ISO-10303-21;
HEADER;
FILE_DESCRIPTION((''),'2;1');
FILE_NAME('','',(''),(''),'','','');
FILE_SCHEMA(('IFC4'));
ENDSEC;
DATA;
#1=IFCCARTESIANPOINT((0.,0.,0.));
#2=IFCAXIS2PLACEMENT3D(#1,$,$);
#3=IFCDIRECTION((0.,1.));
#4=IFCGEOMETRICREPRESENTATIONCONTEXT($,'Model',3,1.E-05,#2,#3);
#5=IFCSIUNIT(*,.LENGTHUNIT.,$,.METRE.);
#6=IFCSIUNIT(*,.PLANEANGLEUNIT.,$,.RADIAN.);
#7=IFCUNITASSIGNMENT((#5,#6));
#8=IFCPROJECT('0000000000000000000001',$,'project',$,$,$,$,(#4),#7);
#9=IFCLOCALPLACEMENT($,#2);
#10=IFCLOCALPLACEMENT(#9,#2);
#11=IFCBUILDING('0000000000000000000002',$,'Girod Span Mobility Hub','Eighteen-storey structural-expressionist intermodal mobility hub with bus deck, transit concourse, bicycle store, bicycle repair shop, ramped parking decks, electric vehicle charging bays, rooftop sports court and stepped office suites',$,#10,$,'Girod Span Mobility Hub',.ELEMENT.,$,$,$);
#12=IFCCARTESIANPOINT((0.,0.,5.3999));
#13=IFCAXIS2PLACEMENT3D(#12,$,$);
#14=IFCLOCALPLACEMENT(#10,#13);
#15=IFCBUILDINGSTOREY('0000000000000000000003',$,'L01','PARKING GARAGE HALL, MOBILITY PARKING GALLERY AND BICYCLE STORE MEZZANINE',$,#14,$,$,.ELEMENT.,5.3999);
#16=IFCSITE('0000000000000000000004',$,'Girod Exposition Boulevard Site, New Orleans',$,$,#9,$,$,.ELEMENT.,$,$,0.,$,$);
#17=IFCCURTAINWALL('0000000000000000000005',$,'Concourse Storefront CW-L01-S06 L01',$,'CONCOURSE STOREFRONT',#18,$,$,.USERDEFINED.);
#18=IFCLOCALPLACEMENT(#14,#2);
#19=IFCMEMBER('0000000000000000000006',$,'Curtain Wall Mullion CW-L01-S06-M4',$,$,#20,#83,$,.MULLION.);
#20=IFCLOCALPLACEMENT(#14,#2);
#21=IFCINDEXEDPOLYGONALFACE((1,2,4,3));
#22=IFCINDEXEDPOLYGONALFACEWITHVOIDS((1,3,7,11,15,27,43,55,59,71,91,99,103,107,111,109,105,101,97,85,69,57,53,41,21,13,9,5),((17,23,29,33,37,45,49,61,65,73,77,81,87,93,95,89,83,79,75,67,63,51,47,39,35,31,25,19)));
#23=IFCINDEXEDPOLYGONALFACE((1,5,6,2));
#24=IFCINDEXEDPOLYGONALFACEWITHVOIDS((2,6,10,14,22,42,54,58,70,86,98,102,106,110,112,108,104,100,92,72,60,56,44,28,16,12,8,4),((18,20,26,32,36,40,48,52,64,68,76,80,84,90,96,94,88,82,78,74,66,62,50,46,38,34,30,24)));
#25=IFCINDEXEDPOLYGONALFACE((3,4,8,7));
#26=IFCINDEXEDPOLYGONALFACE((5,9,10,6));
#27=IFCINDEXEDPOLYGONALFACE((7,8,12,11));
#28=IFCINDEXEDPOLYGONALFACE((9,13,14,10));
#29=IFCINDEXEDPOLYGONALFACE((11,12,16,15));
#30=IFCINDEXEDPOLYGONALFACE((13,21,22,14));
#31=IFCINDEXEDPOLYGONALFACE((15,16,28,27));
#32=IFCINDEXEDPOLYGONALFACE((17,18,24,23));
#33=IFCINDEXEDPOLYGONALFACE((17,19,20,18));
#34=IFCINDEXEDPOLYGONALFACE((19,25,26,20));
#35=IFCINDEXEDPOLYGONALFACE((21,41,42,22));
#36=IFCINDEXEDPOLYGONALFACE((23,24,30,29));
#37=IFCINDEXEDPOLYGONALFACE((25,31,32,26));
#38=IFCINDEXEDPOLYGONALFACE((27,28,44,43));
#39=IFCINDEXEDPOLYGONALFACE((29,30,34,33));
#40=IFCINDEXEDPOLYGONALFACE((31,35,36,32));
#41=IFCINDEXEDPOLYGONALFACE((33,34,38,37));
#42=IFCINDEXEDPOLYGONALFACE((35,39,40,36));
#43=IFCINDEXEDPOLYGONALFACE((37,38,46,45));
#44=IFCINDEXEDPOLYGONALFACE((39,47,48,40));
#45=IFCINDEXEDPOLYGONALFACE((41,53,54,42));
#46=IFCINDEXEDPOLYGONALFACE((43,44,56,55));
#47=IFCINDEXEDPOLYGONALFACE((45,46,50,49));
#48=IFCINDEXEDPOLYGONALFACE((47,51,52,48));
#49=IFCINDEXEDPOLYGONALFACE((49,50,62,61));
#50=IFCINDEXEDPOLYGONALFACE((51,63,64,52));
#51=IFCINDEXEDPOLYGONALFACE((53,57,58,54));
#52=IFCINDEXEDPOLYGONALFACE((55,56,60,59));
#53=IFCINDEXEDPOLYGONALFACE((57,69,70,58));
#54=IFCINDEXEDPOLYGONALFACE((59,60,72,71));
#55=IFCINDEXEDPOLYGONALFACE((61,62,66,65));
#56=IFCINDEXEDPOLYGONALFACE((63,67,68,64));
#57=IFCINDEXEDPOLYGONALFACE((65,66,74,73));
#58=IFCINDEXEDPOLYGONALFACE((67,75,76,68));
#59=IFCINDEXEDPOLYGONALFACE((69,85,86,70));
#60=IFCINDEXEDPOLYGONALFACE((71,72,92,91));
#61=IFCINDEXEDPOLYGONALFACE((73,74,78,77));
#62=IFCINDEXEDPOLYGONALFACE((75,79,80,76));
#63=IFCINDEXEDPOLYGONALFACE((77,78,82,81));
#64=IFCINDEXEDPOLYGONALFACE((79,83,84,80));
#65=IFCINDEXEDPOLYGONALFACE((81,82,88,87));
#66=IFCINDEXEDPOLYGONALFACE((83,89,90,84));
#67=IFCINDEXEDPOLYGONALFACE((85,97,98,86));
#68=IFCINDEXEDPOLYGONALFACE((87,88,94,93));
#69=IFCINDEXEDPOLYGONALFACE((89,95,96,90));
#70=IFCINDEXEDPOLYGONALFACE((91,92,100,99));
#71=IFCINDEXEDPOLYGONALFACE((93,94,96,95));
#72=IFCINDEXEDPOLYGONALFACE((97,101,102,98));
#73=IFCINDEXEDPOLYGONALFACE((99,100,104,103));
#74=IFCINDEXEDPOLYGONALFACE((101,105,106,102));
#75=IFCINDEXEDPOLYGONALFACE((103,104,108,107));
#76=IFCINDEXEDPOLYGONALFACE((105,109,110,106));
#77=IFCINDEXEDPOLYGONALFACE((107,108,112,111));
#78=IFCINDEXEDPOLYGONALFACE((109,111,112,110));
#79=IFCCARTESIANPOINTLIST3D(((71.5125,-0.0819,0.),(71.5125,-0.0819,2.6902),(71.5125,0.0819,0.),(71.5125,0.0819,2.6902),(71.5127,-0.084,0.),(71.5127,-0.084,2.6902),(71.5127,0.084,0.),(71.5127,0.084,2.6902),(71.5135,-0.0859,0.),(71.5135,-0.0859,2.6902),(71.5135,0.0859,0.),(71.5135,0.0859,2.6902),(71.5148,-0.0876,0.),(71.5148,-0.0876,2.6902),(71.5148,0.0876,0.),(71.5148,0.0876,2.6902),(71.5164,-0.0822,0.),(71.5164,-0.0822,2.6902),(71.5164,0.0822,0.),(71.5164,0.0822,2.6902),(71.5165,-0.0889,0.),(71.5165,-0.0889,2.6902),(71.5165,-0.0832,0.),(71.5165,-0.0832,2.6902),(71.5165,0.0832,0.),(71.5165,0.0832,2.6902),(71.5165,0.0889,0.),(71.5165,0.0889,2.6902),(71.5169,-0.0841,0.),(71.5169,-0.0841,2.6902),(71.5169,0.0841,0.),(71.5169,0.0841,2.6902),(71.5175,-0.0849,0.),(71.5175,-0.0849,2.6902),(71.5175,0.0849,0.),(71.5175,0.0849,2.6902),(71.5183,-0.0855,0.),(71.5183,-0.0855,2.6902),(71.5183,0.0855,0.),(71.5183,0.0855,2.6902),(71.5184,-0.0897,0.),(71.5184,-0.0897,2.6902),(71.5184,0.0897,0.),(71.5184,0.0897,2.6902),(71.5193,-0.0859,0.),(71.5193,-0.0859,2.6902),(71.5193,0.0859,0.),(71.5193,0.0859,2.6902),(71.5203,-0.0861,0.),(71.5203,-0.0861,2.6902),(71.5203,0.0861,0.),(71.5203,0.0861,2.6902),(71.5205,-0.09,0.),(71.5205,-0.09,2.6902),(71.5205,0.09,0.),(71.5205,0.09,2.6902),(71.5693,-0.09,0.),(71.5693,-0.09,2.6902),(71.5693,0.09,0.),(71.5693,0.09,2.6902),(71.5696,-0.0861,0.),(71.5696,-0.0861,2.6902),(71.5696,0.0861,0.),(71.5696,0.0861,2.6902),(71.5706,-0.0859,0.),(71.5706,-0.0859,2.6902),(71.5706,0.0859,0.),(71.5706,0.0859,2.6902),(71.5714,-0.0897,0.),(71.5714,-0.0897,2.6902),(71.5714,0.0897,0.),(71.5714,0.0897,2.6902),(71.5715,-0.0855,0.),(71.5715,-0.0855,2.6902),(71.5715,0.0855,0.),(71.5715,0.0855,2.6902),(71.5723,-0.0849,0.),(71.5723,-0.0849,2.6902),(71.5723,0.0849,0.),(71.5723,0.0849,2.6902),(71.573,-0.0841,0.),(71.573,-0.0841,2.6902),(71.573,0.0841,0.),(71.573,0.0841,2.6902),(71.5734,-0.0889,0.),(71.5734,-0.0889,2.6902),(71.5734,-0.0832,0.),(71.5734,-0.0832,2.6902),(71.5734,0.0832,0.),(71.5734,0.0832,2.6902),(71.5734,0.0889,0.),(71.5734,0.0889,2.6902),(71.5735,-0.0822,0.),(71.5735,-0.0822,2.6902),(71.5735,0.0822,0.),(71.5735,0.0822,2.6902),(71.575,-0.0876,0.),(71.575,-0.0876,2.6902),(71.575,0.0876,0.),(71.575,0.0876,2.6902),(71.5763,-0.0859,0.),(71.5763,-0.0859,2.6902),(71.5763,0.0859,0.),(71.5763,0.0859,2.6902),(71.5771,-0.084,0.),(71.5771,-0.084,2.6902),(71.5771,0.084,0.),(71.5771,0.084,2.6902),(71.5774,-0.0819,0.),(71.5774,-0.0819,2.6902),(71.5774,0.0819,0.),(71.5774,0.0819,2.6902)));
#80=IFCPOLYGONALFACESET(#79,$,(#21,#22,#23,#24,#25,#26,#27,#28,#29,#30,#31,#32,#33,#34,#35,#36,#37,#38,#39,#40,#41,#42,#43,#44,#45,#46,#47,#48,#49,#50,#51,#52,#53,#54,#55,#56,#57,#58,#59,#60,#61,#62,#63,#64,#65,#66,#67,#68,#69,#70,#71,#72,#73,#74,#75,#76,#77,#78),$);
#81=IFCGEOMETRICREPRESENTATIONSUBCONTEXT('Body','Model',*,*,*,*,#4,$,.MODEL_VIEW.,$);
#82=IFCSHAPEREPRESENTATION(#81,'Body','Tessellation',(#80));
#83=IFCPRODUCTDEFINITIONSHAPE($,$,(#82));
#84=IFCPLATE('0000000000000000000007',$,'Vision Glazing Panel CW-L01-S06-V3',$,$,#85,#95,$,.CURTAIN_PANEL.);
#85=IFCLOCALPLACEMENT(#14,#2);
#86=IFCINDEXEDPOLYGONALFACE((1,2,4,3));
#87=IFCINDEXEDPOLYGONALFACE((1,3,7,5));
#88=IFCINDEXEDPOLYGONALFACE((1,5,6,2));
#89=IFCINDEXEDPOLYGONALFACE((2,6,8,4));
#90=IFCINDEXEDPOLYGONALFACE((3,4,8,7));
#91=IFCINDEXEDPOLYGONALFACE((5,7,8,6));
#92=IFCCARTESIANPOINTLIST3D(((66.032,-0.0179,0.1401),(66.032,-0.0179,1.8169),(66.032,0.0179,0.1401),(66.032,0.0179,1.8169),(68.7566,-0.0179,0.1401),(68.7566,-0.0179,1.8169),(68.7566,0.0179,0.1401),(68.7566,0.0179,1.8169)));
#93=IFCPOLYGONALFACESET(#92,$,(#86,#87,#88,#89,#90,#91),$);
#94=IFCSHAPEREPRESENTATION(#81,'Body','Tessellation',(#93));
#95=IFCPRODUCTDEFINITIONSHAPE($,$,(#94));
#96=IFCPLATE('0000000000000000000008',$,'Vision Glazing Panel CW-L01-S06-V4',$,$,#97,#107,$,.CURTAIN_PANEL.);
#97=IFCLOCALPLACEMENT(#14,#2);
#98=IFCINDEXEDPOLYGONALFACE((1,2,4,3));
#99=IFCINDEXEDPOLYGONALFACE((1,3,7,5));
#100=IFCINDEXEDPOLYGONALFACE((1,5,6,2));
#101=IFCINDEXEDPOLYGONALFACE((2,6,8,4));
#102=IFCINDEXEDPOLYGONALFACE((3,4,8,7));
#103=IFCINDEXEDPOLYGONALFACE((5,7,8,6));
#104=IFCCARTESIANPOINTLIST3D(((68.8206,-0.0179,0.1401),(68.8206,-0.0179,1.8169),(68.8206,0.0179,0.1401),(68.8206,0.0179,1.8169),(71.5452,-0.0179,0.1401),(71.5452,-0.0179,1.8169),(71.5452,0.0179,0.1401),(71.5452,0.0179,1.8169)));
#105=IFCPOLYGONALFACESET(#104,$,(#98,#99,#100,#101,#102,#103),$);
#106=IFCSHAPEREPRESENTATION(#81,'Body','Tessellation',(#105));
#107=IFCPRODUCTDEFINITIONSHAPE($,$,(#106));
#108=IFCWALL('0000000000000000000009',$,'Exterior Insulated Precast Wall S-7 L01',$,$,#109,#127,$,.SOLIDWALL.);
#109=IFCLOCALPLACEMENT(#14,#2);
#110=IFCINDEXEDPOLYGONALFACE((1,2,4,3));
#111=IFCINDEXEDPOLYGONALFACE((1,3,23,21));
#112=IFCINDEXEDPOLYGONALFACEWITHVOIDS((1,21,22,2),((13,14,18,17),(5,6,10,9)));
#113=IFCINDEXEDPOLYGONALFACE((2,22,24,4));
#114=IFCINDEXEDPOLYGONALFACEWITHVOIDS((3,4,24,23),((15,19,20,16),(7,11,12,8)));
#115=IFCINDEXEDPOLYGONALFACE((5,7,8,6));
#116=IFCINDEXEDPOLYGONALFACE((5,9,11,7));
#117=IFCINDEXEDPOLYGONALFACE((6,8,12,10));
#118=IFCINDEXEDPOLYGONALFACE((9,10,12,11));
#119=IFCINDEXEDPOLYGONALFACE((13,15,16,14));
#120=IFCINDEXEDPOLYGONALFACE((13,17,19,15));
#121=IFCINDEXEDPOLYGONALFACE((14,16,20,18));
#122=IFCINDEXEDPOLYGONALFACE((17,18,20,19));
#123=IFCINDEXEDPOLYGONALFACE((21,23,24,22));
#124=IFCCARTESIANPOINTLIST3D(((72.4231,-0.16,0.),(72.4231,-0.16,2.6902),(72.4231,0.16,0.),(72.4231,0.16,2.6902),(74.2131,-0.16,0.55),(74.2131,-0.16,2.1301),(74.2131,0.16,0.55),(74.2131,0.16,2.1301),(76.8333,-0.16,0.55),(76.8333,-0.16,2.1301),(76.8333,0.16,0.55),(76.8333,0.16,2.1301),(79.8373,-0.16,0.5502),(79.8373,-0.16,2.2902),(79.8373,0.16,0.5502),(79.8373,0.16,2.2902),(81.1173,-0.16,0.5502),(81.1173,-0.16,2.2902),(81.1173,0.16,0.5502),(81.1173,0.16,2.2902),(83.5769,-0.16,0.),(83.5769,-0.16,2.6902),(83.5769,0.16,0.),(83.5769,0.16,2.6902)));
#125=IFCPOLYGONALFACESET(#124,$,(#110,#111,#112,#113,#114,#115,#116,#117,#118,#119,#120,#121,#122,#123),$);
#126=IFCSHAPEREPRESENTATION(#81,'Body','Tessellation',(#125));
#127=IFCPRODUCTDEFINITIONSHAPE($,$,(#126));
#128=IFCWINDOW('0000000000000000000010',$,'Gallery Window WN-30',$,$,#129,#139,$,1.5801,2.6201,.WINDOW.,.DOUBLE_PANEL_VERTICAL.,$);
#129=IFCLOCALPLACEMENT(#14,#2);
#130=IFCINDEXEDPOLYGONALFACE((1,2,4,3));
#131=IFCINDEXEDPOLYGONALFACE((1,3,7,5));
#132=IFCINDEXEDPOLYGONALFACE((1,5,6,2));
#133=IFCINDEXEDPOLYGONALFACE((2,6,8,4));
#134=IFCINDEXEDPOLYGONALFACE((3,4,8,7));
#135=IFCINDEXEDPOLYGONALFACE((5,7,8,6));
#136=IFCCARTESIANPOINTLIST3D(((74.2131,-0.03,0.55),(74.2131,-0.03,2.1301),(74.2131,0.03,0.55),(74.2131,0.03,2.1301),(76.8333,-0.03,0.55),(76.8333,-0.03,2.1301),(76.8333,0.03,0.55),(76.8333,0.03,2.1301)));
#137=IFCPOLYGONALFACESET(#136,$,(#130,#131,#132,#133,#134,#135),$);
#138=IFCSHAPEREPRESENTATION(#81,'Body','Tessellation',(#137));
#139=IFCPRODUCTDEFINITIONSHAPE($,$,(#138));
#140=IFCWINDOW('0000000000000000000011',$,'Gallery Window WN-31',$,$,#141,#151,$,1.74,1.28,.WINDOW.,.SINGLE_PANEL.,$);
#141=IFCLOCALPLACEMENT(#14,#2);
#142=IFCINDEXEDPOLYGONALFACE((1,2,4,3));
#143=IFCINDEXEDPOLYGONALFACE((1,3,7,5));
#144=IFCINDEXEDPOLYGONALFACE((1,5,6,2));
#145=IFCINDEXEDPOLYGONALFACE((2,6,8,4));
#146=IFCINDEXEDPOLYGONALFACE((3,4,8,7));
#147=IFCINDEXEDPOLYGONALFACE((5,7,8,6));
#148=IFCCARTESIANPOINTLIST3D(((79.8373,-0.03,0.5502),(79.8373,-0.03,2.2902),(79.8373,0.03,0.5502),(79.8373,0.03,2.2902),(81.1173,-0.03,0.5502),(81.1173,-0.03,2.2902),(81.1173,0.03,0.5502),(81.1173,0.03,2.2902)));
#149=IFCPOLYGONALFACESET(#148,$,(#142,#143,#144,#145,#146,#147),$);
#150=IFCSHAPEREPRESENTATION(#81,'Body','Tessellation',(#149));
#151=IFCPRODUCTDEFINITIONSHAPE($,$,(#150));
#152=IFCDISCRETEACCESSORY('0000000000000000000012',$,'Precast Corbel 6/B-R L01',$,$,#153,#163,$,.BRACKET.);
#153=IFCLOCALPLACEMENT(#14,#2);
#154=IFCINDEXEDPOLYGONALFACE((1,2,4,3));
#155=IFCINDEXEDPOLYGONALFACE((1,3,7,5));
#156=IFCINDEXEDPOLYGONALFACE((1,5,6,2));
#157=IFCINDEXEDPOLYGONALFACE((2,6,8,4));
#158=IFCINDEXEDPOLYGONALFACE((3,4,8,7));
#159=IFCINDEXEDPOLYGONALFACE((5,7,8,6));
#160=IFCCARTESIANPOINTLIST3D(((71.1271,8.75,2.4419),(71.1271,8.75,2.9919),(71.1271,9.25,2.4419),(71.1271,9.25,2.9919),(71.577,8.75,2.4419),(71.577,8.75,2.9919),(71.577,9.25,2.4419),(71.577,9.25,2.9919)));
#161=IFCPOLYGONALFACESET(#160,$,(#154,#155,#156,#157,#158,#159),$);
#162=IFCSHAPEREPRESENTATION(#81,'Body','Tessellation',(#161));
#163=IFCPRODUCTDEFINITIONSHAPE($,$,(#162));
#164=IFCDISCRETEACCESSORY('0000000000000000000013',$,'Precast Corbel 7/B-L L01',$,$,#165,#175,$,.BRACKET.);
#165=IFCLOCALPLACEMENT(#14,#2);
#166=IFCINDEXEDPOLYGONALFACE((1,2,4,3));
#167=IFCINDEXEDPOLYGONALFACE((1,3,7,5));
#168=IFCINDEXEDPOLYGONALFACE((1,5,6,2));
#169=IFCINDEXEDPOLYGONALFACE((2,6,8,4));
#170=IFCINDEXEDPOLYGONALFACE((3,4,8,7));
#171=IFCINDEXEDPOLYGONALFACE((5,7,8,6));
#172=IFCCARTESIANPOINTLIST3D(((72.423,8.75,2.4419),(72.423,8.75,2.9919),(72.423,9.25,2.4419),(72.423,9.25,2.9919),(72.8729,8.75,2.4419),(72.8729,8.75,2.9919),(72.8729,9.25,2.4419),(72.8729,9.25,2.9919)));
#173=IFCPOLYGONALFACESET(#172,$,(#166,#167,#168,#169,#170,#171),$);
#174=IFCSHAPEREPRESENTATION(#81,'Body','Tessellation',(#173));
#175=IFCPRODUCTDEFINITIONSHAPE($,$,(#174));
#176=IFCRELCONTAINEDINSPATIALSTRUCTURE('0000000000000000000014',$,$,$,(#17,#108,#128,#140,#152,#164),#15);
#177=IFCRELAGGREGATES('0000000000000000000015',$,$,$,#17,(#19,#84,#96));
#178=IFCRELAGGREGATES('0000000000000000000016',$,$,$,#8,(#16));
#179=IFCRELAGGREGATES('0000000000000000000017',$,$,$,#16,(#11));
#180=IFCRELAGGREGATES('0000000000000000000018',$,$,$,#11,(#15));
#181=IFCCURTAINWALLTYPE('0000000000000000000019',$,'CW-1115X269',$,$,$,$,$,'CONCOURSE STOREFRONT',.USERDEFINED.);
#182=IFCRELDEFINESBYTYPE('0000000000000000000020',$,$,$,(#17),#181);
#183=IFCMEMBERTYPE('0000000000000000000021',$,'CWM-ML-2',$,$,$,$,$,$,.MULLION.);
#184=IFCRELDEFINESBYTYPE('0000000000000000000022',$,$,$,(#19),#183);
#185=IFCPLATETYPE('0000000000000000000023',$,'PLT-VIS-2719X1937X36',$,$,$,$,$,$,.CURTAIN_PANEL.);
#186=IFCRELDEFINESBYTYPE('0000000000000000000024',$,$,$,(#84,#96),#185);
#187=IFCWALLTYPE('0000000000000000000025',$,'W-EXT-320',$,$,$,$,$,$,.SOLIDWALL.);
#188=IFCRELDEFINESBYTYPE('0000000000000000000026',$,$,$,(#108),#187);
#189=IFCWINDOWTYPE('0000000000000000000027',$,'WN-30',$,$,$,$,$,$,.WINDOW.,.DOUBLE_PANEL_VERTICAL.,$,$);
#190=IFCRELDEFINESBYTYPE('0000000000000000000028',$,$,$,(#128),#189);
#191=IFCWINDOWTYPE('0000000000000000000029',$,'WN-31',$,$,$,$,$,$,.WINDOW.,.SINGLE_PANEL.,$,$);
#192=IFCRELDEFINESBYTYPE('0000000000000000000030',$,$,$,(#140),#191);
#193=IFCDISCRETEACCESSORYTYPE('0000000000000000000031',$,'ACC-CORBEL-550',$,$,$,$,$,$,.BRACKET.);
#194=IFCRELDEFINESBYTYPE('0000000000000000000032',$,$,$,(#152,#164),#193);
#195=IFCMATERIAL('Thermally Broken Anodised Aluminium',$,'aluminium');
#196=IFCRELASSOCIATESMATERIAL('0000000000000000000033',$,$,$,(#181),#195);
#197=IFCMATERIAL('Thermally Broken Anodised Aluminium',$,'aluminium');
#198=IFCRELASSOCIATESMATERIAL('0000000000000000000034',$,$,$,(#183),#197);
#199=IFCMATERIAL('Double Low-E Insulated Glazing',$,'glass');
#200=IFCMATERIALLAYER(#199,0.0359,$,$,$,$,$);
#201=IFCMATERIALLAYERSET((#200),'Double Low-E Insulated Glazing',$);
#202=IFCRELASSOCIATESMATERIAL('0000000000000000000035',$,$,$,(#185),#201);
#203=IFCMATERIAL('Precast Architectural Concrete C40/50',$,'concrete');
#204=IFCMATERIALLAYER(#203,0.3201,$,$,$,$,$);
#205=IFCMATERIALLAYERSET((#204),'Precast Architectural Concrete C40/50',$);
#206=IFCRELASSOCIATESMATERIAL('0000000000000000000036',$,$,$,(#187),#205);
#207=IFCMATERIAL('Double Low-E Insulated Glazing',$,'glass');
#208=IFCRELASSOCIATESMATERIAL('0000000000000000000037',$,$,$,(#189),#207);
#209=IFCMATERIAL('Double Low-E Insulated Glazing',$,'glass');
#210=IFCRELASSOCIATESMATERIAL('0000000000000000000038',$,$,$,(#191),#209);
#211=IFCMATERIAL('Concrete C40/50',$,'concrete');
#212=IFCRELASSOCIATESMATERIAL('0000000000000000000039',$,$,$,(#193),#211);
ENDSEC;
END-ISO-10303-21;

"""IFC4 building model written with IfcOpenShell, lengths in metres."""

from ifc_helpers import new_model, si_unit, direction, frame, frame_2d, origin, origin_2d, place, context, subcontext, project, spatial, rectangle, hollow_rectangle, extrude, material, layer, layer_set, material_profile, profile_set, type_object, element, fill, aggregate, save


model = new_model("IFC4")

# Units and contexts
model_context = context("Model", 3, precision=1e-05, world=origin(), true_north=direction((0.0, 1.0)))
body_context = subcontext(model_context, "Body", "Model", "MODEL_VIEW")
ifc_project = project(units=[si_unit("LENGTHUNIT", "METRE"), si_unit("PLANEANGLEUNIT", "RADIAN")], contexts=[model_context])

# Site, building, storey
site_placement = place(None, origin())
site = spatial("IfcSite", under=ifc_project, at=site_placement, Name="Girod Exposition Boulevard Site, New Orleans", CompositionType="ELEMENT", RefElevation=0.0)
building_placement = place(site_placement, origin())
building = spatial("IfcBuilding", under=site, at=building_placement, Name="Girod Span Mobility Hub", Description="Eighteen-storey structural-expressionist intermodal mobility hub with bus deck, transit concourse, bicycle store, bicycle repair shop, ramped parking decks, electric vehicle charging bays, rooftop sports court and stepped office suites", LongName="Girod Span Mobility Hub", CompositionType="ELEMENT")
storey_placement = place(building_placement, frame((0.0, 0.0, 5.3999)))
storey = spatial("IfcBuildingStorey", under=building, at=storey_placement, Name="L01", Description="PARKING GARAGE HALL, MOBILITY PARKING GALLERY AND BICYCLE STORE MEZZANINE", CompositionType="ELEMENT", Elevation=5.3999)

# Curtain wall, member, plates
ifc_material_1 = material(Name="Thermally Broken Anodised Aluminium", Category="aluminium")
curtain_wall_type = type_object("IfcCurtainWallType", Name="CW-1115X269", ElementType="CONCOURSE STOREFRONT", PredefinedType="USERDEFINED", material=ifc_material_1)
curtain_wall_placement = place(storey_placement, origin())
curtain_wall = element("IfcCurtainWall", 1, at=curtain_wall_placement, inside=storey, type_object=curtain_wall_type, Name="Concourse Storefront CW-L01-S06 L01", ObjectType="CONCOURSE STOREFRONT", PredefinedType="USERDEFINED")
ifc_material_2 = material(Name="Thermally Broken Anodised Aluminium", Category="aluminium")
ifc_material_profile_1 = material_profile(ifc_material_2, hollow_rectangle(XDim=0.1799, YDim=0.0649, WallThickness=0.0039, InnerFilletRadius=0.0039, OuterFilletRadius=0.0081, at=origin_2d()), Name="CW-ML-65X180")
ifc_profile_set_1 = profile_set([ifc_material_profile_1], Name="Thermally Broken Anodised Aluminium")
member_type = type_object("IfcMemberType", Name="CWM-ML-2", PredefinedType="MULLION", material=ifc_profile_set_1)
member_1_placement = place(storey_placement, frame((71.5449, 0.0, 0.0), z_axis=(0.0, 0.0, 1.0), x_axis=(0.0, 1.0, 0.0)))
member_1 = element("IfcMember", 2, at=member_1_placement, type_object=member_type, Name="Curtain Wall Mullion CW-L01-S06-M4", PredefinedType="MULLION", context=body_context, shape_type="SweptSolid", body=[
    extrude(hollow_rectangle(XDim=0.1799, YDim=0.0649, WallThickness=0.0039, InnerFilletRadius=0.0039, OuterFilletRadius=0.0081, at=origin_2d()), origin(), (0.0, 0.0, 1.0), 2.6902),
])
ifc_material_3 = material(Name="Double Low-E Insulated Glazing", Category="glass")
ifc_layer_1 = layer(ifc_material_3, 0.0359)
ifc_layer_set_1 = layer_set([ifc_layer_1], Name="Double Low-E Insulated Glazing")
plate_type = type_object("IfcPlateType", Name="PLT-VIS-2719X1937X36", PredefinedType="CURTAIN_PANEL", material=ifc_layer_set_1)
plate_1_placement = place(storey_placement, frame((67.3943, 0.0, 0.1401), z_axis=(0.0, 0.0, 1.0), x_axis=(1.0, 0.0, 0.0)))
plate_1 = element("IfcPlate", 3, at=plate_1_placement, type_object=plate_type, Name="Vision Glazing Panel CW-L01-S06-V3", PredefinedType="CURTAIN_PANEL", context=body_context, shape_type="SweptSolid", body=[
    extrude(rectangle(XDim=2.7246, YDim=0.0359, at=origin_2d()), origin(), (0.0, 0.0, 1.0), 1.6768),
])
plate_2_placement = place(storey_placement, frame((70.1829, 0.0, 0.1401), z_axis=(0.0, 0.0, 1.0), x_axis=(1.0, 0.0, 0.0)))
plate_2 = element("IfcPlate", 4, at=plate_2_placement, type_object=plate_type, Name="Vision Glazing Panel CW-L01-S06-V4", PredefinedType="CURTAIN_PANEL", context=body_context, shape_type="SweptSolid", body=[
    extrude(rectangle(XDim=2.7246, YDim=0.0359, at=origin_2d()), origin(), (0.0, 0.0, 1.0), 1.6768),
])
aggregate(curtain_wall, [member_1, plate_1, plate_2])

# Wall, openings, windows
ifc_material_4 = material(Name="Precast Architectural Concrete C40/50", Category="concrete")
ifc_layer_2 = layer(ifc_material_4, 0.3201)
ifc_layer_set_2 = layer_set([ifc_layer_2], Name="Precast Architectural Concrete C40/50")
wall_type = type_object("IfcWallType", Name="W-EXT-320", PredefinedType="SOLIDWALL", material=ifc_layer_set_2)
wall_placement = place(storey_placement, frame((72.4231, 0.0, 0.0), z_axis=(0.0, 0.0, 1.0), x_axis=(1.0, 0.0, 0.0)))
wall = element("IfcWall", 5, at=wall_placement, inside=storey, type_object=wall_type, Name="Exterior Insulated Precast Wall S-7 L01", PredefinedType="SOLIDWALL", context=body_context, shape_type="SweptSolid", body=[
    extrude(rectangle(XDim=11.1538, YDim=0.3201, at=frame_2d((5.5769, 0.0))), origin(), (0.0, 0.0, 1.0), 2.6902),
])
opening_1_placement = place(wall_placement, frame((1.79, 0.0, 0.55)))
opening_1 = element("IfcOpeningElement", 6, at=opening_1_placement, cuts=wall, PredefinedType="OPENING", context=body_context, shape_type="SweptSolid", body=[
    extrude(rectangle(XDim=2.6201, YDim=1.5801, at=frame_2d((1.3101, 0.79))), frame((0.0, 0.175, 0.0), z_axis=(0.0, -1.0, 0.0), x_axis=(1.0, 0.0, 0.0)), (0.0, 0.0, 1.0), 0.3501),
])
opening_2_placement = place(wall_placement, frame((7.4141, 0.0, 0.55)))
opening_2 = element("IfcOpeningElement", 7, at=opening_2_placement, cuts=wall, PredefinedType="OPENING", context=body_context, shape_type="SweptSolid", body=[
    extrude(rectangle(XDim=1.28, YDim=1.74, at=frame_2d((0.6401, 0.8701))), frame((0.0, 0.175, 0.0), z_axis=(0.0, -1.0, 0.0), x_axis=(1.0, 0.0, 0.0)), (0.0, 0.0, 1.0), 0.3501),
])
ifc_material_5 = material(Name="Double Low-E Insulated Glazing", Category="glass")
window_type_1 = type_object("IfcWindowType", Name="WN-30", PartitioningType="DOUBLE_PANEL_VERTICAL", PredefinedType="WINDOW", material=ifc_material_5)
window_1_placement = place(opening_1_placement, origin())
window_1 = element("IfcWindow", 8, at=window_1_placement, inside=storey, type_object=window_type_1, Name="Gallery Window WN-30", OverallHeight=1.5801, OverallWidth=2.6201, PartitioningType="DOUBLE_PANEL_VERTICAL", PredefinedType="WINDOW", context=body_context, shape_type="SweptSolid", body=[
    extrude(rectangle(XDim=2.6201, YDim=1.5801, at=frame_2d((1.3101, 0.79))), frame((0.0, 0.03, 0.0), z_axis=(0.0, -1.0, 0.0), x_axis=(1.0, 0.0, 0.0)), (0.0, 0.0, 1.0), 0.0601),
])
fill(opening_1, window_1)
ifc_material_6 = material(Name="Double Low-E Insulated Glazing", Category="glass")
window_type_2 = type_object("IfcWindowType", Name="WN-31", PartitioningType="SINGLE_PANEL", PredefinedType="WINDOW", material=ifc_material_6)
window_2_placement = place(opening_2_placement, origin())
window_2 = element("IfcWindow", 9, at=window_2_placement, inside=storey, type_object=window_type_2, Name="Gallery Window WN-31", OverallHeight=1.74, OverallWidth=1.28, PartitioningType="SINGLE_PANEL", PredefinedType="WINDOW", context=body_context, shape_type="SweptSolid", body=[
    extrude(rectangle(XDim=1.28, YDim=1.74, at=frame_2d((0.6401, 0.8701))), frame((0.0, 0.03, 0.0), z_axis=(0.0, -1.0, 0.0), x_axis=(1.0, 0.0, 0.0)), (0.0, 0.0, 1.0), 0.0601),
])
fill(opening_2, window_2)

# Discrete accessories
ifc_material_7 = material(Name="Concrete C40/50", Category="concrete")
discrete_accessory_type = type_object("IfcDiscreteAccessoryType", Name="ACC-CORBEL-550", PredefinedType="BRACKET", material=ifc_material_7)
for number, where, z_axis, x_axis, name in (
    (10, (71.3521, 9.0, 2.4419), (0.0, 0.0, 1.0), (1.0, 0.0, 0.0), "Precast Corbel 6/B-R L01"),
    (11, (72.6479, 9.0, 2.4419), (0.0, 0.0, 1.0), (1.0, 0.0, 0.0), "Precast Corbel 7/B-L L01"),
):
    element("IfcDiscreteAccessory", number, at=place(storey_placement, frame(where, z_axis=z_axis, x_axis=x_axis)), inside=storey, type_object=discrete_accessory_type, Name=name, PredefinedType="BRACKET", context=body_context, shape_type="SweptSolid", body=[
        extrude(rectangle(XDim=0.45, YDim=0.5, at=origin_2d()), origin(), (0.0, 0.0, 1.0), 0.55),
    ])

save(model, "model.ifc")
